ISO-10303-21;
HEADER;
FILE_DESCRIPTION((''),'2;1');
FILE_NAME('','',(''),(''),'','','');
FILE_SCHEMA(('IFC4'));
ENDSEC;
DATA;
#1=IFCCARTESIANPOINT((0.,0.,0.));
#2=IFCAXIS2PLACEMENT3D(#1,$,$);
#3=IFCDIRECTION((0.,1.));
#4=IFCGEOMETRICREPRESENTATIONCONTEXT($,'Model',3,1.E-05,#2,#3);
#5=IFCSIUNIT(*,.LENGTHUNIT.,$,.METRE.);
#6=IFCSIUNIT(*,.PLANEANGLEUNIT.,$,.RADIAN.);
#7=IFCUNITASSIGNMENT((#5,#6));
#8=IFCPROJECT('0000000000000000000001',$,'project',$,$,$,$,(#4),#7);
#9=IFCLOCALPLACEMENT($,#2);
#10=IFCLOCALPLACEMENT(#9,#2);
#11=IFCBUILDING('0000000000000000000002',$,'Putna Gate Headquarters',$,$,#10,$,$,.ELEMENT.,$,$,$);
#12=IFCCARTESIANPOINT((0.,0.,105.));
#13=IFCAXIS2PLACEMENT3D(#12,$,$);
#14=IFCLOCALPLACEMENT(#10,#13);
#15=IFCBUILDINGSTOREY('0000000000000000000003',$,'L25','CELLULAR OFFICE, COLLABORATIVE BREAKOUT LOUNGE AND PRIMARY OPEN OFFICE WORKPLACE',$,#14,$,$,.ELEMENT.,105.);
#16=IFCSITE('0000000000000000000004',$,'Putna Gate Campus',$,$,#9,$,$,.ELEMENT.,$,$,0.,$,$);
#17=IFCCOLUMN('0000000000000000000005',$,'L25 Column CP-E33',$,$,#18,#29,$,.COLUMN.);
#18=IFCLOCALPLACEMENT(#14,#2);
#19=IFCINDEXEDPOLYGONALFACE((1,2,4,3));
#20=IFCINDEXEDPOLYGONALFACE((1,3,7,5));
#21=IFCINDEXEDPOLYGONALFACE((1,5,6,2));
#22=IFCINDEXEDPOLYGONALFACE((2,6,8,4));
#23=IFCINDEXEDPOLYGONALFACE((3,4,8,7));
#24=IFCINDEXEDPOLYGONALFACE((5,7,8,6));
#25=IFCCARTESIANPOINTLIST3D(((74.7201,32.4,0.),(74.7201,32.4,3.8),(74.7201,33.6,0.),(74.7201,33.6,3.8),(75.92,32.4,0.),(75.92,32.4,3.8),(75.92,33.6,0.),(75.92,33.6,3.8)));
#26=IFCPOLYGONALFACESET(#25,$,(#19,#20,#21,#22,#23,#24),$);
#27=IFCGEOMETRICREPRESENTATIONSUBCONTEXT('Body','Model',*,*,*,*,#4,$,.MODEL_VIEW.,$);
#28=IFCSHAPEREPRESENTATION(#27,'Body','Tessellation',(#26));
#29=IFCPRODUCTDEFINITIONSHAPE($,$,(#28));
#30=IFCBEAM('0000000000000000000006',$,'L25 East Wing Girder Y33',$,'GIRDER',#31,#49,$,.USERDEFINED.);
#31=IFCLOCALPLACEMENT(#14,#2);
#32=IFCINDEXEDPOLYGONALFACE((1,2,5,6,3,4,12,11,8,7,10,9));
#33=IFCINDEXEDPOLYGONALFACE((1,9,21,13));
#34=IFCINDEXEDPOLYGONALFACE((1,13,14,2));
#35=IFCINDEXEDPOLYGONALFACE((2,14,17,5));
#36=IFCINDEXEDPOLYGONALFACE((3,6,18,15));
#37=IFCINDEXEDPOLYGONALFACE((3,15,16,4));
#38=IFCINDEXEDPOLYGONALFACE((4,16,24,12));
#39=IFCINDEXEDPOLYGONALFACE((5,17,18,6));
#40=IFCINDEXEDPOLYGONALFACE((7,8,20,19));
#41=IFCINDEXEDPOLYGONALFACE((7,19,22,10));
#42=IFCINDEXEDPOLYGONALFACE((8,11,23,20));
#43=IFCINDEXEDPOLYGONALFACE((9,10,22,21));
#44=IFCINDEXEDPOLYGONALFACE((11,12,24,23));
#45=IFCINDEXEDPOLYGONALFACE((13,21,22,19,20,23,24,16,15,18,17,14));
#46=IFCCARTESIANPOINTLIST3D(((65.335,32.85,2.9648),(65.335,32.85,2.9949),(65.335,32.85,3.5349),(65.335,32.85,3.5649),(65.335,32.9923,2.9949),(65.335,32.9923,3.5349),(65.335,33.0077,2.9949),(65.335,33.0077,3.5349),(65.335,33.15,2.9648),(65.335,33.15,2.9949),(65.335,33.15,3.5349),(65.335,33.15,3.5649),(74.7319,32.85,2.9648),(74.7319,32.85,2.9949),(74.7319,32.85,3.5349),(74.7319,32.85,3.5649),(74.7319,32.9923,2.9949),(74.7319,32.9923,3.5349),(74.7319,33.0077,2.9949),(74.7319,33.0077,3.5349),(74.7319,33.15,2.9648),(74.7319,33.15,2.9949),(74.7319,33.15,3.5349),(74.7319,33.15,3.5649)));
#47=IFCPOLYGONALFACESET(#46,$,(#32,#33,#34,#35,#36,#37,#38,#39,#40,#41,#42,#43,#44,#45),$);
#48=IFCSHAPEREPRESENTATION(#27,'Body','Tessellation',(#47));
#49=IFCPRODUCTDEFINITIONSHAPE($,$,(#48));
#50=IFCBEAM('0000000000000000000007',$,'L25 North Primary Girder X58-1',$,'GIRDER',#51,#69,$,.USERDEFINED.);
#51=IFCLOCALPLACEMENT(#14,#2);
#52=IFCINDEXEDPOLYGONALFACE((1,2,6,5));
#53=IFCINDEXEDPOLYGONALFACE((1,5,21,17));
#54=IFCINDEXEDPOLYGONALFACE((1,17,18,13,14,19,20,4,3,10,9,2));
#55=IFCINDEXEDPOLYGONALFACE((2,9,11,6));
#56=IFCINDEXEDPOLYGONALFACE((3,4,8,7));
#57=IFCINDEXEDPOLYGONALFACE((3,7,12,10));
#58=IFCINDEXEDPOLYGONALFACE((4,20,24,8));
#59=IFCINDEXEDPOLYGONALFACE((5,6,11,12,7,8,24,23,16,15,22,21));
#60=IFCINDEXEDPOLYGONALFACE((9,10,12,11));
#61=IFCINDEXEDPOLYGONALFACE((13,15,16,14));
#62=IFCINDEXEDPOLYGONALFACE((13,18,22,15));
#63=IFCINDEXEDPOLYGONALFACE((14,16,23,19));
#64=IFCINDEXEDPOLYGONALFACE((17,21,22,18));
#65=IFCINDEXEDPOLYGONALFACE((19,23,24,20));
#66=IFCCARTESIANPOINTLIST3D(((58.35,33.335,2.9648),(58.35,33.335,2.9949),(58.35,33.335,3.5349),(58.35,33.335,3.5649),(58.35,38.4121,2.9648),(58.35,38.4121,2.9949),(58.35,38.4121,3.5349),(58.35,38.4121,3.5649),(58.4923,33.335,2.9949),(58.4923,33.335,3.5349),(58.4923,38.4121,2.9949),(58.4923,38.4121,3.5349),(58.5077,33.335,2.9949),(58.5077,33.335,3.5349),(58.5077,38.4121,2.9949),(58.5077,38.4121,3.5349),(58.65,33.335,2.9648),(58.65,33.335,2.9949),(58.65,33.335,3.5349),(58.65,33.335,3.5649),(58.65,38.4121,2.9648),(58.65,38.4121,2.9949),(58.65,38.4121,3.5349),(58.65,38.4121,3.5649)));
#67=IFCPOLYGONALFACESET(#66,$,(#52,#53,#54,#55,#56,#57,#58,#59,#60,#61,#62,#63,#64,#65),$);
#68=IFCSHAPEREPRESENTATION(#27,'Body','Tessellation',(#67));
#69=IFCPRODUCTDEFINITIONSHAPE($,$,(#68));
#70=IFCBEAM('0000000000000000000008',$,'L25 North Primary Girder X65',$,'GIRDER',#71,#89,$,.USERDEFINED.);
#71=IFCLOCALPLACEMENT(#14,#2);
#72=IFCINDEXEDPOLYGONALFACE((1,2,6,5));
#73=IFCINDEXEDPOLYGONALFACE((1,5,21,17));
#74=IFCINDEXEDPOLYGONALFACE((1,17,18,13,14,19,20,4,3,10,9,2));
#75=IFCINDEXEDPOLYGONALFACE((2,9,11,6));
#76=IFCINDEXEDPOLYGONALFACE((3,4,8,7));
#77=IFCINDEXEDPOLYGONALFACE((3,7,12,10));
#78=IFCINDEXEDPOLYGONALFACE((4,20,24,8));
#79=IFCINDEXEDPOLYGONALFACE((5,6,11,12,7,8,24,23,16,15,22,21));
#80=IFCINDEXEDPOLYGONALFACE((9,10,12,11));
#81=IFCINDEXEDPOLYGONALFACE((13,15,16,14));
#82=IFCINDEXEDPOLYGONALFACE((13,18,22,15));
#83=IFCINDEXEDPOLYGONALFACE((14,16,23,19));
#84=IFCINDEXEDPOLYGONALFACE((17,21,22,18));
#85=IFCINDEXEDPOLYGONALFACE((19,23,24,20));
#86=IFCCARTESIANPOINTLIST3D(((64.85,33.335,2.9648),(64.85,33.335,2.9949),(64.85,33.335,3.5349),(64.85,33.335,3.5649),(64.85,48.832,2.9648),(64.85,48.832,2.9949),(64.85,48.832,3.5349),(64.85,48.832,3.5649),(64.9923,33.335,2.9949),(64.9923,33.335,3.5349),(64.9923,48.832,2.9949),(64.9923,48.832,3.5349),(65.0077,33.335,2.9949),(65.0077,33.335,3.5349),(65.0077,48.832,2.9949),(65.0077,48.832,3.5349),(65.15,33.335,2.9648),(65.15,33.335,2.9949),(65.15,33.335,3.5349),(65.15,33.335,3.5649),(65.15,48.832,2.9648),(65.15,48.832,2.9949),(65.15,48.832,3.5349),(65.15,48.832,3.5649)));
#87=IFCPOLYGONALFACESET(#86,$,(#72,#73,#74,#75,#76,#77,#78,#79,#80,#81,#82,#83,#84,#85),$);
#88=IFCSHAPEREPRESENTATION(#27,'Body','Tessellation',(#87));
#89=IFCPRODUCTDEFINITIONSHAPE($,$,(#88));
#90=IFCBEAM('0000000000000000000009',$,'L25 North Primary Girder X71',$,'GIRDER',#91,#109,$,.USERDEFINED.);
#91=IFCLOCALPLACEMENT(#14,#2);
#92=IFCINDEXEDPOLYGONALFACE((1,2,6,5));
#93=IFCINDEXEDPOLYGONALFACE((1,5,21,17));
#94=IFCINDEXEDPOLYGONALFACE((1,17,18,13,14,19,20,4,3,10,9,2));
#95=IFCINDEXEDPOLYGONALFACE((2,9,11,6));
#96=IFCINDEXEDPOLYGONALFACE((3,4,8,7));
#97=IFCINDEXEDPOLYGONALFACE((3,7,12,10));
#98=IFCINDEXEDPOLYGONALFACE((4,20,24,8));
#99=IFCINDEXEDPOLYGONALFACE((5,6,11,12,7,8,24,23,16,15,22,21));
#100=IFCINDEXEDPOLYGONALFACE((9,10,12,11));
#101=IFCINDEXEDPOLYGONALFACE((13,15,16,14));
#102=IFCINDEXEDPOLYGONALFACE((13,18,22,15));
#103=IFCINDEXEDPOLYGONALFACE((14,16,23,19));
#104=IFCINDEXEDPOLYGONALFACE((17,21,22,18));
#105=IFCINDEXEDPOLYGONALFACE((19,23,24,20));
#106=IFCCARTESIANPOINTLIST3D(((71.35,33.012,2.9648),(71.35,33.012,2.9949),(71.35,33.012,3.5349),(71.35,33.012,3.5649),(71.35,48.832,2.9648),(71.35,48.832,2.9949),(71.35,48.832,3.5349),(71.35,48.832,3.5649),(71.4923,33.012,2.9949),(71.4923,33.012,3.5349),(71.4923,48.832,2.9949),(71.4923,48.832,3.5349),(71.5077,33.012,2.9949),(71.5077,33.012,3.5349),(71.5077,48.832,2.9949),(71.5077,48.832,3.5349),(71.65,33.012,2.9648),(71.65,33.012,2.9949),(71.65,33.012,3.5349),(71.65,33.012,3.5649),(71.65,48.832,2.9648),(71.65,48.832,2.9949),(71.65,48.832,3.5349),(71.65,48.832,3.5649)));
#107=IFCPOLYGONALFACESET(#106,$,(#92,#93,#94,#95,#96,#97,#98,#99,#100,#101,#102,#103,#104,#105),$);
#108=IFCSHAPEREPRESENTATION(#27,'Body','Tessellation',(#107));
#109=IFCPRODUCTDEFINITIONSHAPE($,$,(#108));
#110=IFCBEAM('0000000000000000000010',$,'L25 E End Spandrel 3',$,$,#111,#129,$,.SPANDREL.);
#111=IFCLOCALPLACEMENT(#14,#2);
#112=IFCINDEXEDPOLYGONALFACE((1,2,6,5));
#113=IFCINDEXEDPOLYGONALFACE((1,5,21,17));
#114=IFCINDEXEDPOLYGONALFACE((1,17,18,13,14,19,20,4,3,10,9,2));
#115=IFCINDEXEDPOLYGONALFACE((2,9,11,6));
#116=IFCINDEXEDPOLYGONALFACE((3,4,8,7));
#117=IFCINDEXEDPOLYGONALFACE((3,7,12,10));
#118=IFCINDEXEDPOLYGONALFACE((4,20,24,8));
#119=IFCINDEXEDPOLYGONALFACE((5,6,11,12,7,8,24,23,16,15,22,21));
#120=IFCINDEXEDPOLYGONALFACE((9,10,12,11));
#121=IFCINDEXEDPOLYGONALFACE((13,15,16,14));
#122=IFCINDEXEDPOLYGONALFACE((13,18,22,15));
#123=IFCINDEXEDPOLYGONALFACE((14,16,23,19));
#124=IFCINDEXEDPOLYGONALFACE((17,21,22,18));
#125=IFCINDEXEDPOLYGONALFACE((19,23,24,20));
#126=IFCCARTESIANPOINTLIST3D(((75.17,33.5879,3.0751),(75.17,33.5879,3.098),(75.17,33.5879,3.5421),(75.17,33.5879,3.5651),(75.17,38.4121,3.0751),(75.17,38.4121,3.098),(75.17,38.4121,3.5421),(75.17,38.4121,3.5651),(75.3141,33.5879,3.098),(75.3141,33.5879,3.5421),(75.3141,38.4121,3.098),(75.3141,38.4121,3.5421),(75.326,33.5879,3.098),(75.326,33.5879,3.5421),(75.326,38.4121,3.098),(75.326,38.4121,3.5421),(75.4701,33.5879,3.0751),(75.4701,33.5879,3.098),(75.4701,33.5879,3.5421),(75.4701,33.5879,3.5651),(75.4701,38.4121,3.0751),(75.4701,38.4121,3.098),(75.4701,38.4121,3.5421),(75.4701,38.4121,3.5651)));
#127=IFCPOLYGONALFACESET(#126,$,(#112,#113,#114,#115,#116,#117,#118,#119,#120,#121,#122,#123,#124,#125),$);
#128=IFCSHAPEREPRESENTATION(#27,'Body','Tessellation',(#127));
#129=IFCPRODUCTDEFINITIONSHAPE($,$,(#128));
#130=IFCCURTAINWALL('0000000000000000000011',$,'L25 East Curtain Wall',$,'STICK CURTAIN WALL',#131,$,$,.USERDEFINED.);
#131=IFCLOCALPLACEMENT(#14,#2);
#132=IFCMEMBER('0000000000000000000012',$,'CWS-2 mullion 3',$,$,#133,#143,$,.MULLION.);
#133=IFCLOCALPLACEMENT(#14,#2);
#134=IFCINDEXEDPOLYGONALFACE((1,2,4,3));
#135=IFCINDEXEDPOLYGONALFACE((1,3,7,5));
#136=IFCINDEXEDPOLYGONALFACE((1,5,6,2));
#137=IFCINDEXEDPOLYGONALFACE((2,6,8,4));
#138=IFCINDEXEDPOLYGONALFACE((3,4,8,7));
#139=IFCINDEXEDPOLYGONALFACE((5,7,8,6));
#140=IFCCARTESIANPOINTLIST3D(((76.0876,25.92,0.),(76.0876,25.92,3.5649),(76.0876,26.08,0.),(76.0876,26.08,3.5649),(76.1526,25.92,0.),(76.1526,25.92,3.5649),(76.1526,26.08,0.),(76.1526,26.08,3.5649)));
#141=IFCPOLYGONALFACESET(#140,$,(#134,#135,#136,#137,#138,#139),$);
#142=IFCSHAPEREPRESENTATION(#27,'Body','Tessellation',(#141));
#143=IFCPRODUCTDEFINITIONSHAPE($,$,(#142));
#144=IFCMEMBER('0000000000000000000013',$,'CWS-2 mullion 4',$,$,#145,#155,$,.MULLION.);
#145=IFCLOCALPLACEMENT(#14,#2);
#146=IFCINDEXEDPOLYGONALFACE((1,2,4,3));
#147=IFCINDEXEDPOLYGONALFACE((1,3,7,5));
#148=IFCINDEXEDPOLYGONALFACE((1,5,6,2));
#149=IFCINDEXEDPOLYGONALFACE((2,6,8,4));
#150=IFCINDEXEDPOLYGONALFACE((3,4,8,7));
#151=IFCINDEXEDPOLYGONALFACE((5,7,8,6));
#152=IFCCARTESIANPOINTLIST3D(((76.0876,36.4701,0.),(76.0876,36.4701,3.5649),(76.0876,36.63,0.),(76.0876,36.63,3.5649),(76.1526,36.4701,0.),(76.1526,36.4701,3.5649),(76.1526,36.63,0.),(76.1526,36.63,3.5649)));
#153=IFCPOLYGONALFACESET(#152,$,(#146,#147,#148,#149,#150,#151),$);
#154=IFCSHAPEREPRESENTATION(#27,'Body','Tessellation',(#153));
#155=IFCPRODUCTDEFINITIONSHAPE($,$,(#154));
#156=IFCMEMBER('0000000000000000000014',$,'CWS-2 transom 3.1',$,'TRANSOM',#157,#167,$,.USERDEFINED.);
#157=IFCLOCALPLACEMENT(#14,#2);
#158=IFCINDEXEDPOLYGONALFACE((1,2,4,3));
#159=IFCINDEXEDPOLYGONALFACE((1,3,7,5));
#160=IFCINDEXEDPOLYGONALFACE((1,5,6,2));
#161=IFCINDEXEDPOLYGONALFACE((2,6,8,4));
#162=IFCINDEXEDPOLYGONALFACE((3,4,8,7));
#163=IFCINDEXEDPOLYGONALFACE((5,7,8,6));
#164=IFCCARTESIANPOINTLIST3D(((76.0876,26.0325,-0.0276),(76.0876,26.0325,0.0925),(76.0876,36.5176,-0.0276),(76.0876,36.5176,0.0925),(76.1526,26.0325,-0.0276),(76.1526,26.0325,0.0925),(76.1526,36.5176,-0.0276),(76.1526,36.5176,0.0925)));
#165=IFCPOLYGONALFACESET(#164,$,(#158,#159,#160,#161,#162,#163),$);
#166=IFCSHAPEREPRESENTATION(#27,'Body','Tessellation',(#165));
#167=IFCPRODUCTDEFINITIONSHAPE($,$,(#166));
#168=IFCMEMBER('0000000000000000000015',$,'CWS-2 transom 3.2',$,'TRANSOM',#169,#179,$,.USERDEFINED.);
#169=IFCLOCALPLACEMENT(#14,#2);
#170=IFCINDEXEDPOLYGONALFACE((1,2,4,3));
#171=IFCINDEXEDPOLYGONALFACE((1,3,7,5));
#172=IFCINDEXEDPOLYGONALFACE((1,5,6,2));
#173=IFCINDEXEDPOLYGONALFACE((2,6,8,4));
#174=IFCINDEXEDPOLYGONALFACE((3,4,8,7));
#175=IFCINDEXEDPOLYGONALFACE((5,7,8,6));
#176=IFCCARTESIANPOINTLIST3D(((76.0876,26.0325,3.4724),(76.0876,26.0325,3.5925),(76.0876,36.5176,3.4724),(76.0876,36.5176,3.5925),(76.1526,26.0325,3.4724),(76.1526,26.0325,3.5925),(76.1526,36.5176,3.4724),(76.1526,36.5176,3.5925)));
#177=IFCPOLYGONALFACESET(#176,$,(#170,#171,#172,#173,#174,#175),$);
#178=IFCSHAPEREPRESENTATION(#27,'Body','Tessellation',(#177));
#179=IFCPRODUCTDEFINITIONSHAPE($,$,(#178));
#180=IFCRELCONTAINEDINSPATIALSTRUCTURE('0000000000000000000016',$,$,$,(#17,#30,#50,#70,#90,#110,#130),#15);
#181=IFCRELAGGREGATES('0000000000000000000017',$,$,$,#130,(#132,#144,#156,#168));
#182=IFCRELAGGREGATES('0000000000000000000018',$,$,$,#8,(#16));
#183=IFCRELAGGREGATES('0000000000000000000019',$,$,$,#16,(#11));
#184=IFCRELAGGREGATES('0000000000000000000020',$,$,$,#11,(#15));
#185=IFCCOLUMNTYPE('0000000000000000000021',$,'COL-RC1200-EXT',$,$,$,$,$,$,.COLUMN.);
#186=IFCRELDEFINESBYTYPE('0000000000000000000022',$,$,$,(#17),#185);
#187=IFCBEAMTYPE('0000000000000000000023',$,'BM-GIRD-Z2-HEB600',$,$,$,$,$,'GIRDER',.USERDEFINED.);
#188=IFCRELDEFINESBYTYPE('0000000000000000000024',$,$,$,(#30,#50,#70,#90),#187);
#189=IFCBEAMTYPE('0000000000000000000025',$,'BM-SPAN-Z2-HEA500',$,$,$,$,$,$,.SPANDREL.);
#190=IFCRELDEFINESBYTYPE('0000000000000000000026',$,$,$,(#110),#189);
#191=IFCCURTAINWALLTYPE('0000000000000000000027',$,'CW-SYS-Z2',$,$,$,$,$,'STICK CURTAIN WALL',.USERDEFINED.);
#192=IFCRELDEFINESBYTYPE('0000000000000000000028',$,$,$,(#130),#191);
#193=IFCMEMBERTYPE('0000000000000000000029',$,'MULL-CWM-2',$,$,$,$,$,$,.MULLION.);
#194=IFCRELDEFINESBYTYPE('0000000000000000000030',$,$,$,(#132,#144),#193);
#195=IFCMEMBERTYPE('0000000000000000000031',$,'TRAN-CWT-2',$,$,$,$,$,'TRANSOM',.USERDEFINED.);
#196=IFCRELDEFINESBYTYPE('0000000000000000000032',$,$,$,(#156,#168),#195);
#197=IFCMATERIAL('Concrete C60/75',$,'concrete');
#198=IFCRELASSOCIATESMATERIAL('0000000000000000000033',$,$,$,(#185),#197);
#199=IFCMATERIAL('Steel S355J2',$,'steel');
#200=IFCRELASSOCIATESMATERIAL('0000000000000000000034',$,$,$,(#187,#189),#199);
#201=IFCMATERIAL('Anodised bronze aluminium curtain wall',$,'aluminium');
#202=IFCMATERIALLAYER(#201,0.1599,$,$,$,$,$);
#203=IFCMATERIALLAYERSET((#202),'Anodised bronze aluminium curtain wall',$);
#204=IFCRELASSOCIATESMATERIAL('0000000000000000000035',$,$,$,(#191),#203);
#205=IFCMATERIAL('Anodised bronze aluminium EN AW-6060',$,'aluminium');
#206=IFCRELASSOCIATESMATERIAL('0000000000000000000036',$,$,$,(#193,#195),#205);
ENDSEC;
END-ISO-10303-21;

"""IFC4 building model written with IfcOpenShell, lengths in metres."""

from ifc_helpers import new_model, si_unit, direction, frame, origin, origin_2d, place, context, subcontext, project, spatial, rectangle, i_section, extrude, material, layer, layer_set, material_profile, profile_set, type_object, element, aggregate, save


model = new_model("IFC4")

# Units and contexts
model_context = context("Model", 3, precision=1e-05, world=origin(), true_north=direction((0.0, 1.0)))
body_context = subcontext(model_context, "Body", "Model", "MODEL_VIEW")
ifc_project = project(units=[si_unit("LENGTHUNIT", "METRE"), si_unit("PLANEANGLEUNIT", "RADIAN")], contexts=[model_context])

# Site, building, storey
site_placement = place(None, origin())
site = spatial("IfcSite", under=ifc_project, at=site_placement, Name="Putna Gate Campus", CompositionType="ELEMENT", RefElevation=0.0)
building_placement = place(site_placement, origin())
building = spatial("IfcBuilding", under=site, at=building_placement, Name="Putna Gate Headquarters", CompositionType="ELEMENT")
storey_placement = place(building_placement, frame((0.0, 0.0, 105.0)))
storey = spatial("IfcBuildingStorey", under=building, at=storey_placement, Name="L25", Description="CELLULAR OFFICE, COLLABORATIVE BREAKOUT LOUNGE AND PRIMARY OPEN OFFICE WORKPLACE", CompositionType="ELEMENT", Elevation=105.0)

# Column
ifc_material_1 = material(Name="Concrete C60/75", Category="concrete")
ifc_material_profile_1 = material_profile(ifc_material_1, rectangle(XDim=1.2, YDim=1.2, at=origin_2d()), Name="Concrete C60/75")
ifc_profile_set_1 = profile_set([ifc_material_profile_1], Name="Concrete C60/75")
column_type = type_object("IfcColumnType", Name="COL-RC1200-EXT", PredefinedType="COLUMN", material=ifc_profile_set_1)
column_placement = place(storey_placement, frame((75.3201, 33.0, 0.0), z_axis=(0.0, 0.0, 1.0), x_axis=(1.0, 0.0, 0.0)))
element("IfcColumn", 1, at=column_placement, inside=storey, type_object=column_type, Name="L25 Column CP-E33", PredefinedType="COLUMN", context=body_context, shape_type="SweptSolid", body=[
    extrude(rectangle(XDim=1.2, YDim=1.2, at=origin_2d()), origin(), (0.0, 0.0, 1.0), 3.8),
])

# Beams
ifc_material_2 = material(Name="Steel S355J2", Category="steel")
ifc_material_profile_2 = material_profile(ifc_material_2, i_section(OverallWidth=0.3, OverallDepth=0.6001, WebThickness=0.0154, FlangeThickness=0.03, at=origin_2d()), Name="Steel S355J2")
ifc_profile_set_2 = profile_set([ifc_material_profile_2], Name="Steel S355J2")
beam_type_1 = type_object("IfcBeamType", Name="BM-GIRD-Z2-HEB600", ElementType="GIRDER", PredefinedType="USERDEFINED", material=ifc_profile_set_2)
beam_1_placement = place(storey_placement, frame((65.335, 33.0, 3.2649), z_axis=(1.0, 0.0, 0.0), x_axis=(0.0, 1.0, 0.0)))
element("IfcBeam", 2, at=beam_1_placement, inside=storey, type_object=beam_type_1, Name="L25 East Wing Girder Y33", ObjectType="GIRDER", PredefinedType="USERDEFINED", context=body_context, shape_type="SweptSolid", body=[
    extrude(i_section(OverallWidth=0.3, OverallDepth=0.6001, WebThickness=0.0154, FlangeThickness=0.03, at=origin_2d()), origin(), (0.0, 0.0, 1.0), 9.397),
])
beam_2_placement = place(storey_placement, frame((58.5, 33.335, 3.2649), z_axis=(0.0, 1.0, 0.0), x_axis=(-1.0, 0.0, 0.0)))
element("IfcBeam", 3, at=beam_2_placement, inside=storey, type_object=beam_type_1, Name="L25 North Primary Girder X58-1", ObjectType="GIRDER", PredefinedType="USERDEFINED", context=body_context, shape_type="SweptSolid", body=[
    extrude(i_section(OverallWidth=0.3, OverallDepth=0.6001, WebThickness=0.0154, FlangeThickness=0.03, at=origin_2d()), origin(), (0.0, 0.0, 1.0), 5.0771),
])
beam_3_placement = place(storey_placement, frame((65.0, 33.335, 3.2649), z_axis=(0.0, 1.0, 0.0), x_axis=(-1.0, 0.0, 0.0)))
element("IfcBeam", 4, at=beam_3_placement, inside=storey, type_object=beam_type_1, Name="L25 North Primary Girder X65", ObjectType="GIRDER", PredefinedType="USERDEFINED", context=body_context, shape_type="SweptSolid", body=[
    extrude(i_section(OverallWidth=0.3, OverallDepth=0.6001, WebThickness=0.0154, FlangeThickness=0.03, at=origin_2d()), origin(), (0.0, 0.0, 1.0), 15.4971),
])
beam_4_placement = place(storey_placement, frame((71.5, 33.012, 3.2649), z_axis=(0.0, 1.0, 0.0), x_axis=(-1.0, 0.0, 0.0)))
element("IfcBeam", 5, at=beam_4_placement, inside=storey, type_object=beam_type_1, Name="L25 North Primary Girder X71", ObjectType="GIRDER", PredefinedType="USERDEFINED", context=body_context, shape_type="SweptSolid", body=[
    extrude(i_section(OverallWidth=0.3, OverallDepth=0.6001, WebThickness=0.0154, FlangeThickness=0.03, at=origin_2d()), origin(), (0.0, 0.0, 1.0), 15.8201),
])
ifc_material_profile_3 = material_profile(ifc_material_2, i_section(OverallWidth=0.3, OverallDepth=0.49, WebThickness=0.012, FlangeThickness=0.0229, at=origin_2d()), Name="Steel S355J2")
ifc_profile_set_3 = profile_set([ifc_material_profile_3], Name="Steel S355J2")
beam_type_2 = type_object("IfcBeamType", Name="BM-SPAN-Z2-HEA500", PredefinedType="SPANDREL", material=ifc_profile_set_3)
beam_5_placement = place(storey_placement, frame((75.3201, 33.5879, 3.3201), z_axis=(0.0, 1.0, 0.0), x_axis=(-1.0, 0.0, 0.0)))
element("IfcBeam", 6, at=beam_5_placement, inside=storey, type_object=beam_type_2, Name="L25 E End Spandrel 3", PredefinedType="SPANDREL", context=body_context, shape_type="SweptSolid", body=[
    extrude(i_section(OverallWidth=0.3, OverallDepth=0.49, WebThickness=0.012, FlangeThickness=0.0229, at=origin_2d()), origin(), (0.0, 0.0, 1.0), 4.8242),
])

# Curtain wall, members
ifc_material_3 = material(Name="Anodised bronze aluminium curtain wall", Category="aluminium")
ifc_layer_1 = layer(ifc_material_3, 0.1599)
ifc_layer_set_1 = layer_set([ifc_layer_1], Name="Anodised bronze aluminium curtain wall")
curtain_wall_type = type_object("IfcCurtainWallType", Name="CW-SYS-Z2", ElementType="STICK CURTAIN WALL", PredefinedType="USERDEFINED", material=ifc_layer_set_1)
curtain_wall_placement = place(storey_placement, origin())
curtain_wall = element("IfcCurtainWall", 7, at=curtain_wall_placement, inside=storey, type_object=curtain_wall_type, Name="L25 East Curtain Wall", ObjectType="STICK CURTAIN WALL", PredefinedType="USERDEFINED")
ifc_material_4 = material(Name="Anodised bronze aluminium EN AW-6060", Category="aluminium")
ifc_material_profile_4 = material_profile(ifc_material_4, rectangle(XDim=0.0649, YDim=0.1599, at=origin_2d()), Name="Anodised bronze aluminium EN AW-6060")
ifc_profile_set_4 = profile_set([ifc_material_profile_4], Name="Anodised bronze aluminium EN AW-6060")
member_type_1 = type_object("IfcMemberType", Name="MULL-CWM-2", PredefinedType="MULLION", material=ifc_profile_set_4)
member_1_placement = place(storey_placement, frame((76.1201, 26.0, 0.0), z_axis=(0.0, 0.0, 1.0), x_axis=(-1.0, 0.0, 0.0)))
member_1 = element("IfcMember", 8, at=member_1_placement, type_object=member_type_1, Name="CWS-2 mullion 3", PredefinedType="MULLION", context=body_context, shape_type="SweptSolid", body=[
    extrude(rectangle(XDim=0.0649, YDim=0.1599, at=origin_2d()), origin(), (0.0, 0.0, 1.0), 3.5649),
])
member_2_placement = place(storey_placement, frame((76.1201, 36.55, 0.0), z_axis=(0.0, 0.0, 1.0), x_axis=(-1.0, 0.0, 0.0)))
member_2 = element("IfcMember", 9, at=member_2_placement, type_object=member_type_1, Name="CWS-2 mullion 4", PredefinedType="MULLION", context=body_context, shape_type="SweptSolid", body=[
    extrude(rectangle(XDim=0.0649, YDim=0.1599, at=origin_2d()), origin(), (0.0, 0.0, 1.0), 3.5649),
])
ifc_material_profile_5 = material_profile(ifc_material_4, rectangle(XDim=0.0649, YDim=0.1201, at=origin_2d()), Name="Anodised bronze aluminium EN AW-6060")
ifc_profile_set_5 = profile_set([ifc_material_profile_5], Name="Anodised bronze aluminium EN AW-6060")
member_type_2 = type_object("IfcMemberType", Name="TRAN-CWT-2", ElementType="TRANSOM", PredefinedType="USERDEFINED", material=ifc_profile_set_5)
member_3_placement = place(storey_placement, frame((76.1201, 26.0325, 0.0325), z_axis=(0.0, 1.0, 0.0), x_axis=(-1.0, 0.0, 0.0)))
member_3 = element("IfcMember", 10, at=member_3_placement, type_object=member_type_2, Name="CWS-2 transom 3.1", ObjectType="TRANSOM", PredefinedType="USERDEFINED", context=body_context, shape_type="SweptSolid", body=[
    extrude(rectangle(XDim=0.0649, YDim=0.1201, at=origin_2d()), origin(), (0.0, 0.0, 1.0), 10.4851),
])
member_4_placement = place(storey_placement, frame((76.1201, 26.0325, 3.5325), z_axis=(0.0, 1.0, 0.0), x_axis=(-1.0, 0.0, 0.0)))
member_4 = element("IfcMember", 11, at=member_4_placement, type_object=member_type_2, Name="CWS-2 transom 3.2", ObjectType="TRANSOM", PredefinedType="USERDEFINED", context=body_context, shape_type="SweptSolid", body=[
    extrude(rectangle(XDim=0.0649, YDim=0.1201, at=origin_2d()), origin(), (0.0, 0.0, 1.0), 10.4851),
])
aggregate(curtain_wall, [member_1, member_2, member_3, member_4])

save(model, "model.ifc")
